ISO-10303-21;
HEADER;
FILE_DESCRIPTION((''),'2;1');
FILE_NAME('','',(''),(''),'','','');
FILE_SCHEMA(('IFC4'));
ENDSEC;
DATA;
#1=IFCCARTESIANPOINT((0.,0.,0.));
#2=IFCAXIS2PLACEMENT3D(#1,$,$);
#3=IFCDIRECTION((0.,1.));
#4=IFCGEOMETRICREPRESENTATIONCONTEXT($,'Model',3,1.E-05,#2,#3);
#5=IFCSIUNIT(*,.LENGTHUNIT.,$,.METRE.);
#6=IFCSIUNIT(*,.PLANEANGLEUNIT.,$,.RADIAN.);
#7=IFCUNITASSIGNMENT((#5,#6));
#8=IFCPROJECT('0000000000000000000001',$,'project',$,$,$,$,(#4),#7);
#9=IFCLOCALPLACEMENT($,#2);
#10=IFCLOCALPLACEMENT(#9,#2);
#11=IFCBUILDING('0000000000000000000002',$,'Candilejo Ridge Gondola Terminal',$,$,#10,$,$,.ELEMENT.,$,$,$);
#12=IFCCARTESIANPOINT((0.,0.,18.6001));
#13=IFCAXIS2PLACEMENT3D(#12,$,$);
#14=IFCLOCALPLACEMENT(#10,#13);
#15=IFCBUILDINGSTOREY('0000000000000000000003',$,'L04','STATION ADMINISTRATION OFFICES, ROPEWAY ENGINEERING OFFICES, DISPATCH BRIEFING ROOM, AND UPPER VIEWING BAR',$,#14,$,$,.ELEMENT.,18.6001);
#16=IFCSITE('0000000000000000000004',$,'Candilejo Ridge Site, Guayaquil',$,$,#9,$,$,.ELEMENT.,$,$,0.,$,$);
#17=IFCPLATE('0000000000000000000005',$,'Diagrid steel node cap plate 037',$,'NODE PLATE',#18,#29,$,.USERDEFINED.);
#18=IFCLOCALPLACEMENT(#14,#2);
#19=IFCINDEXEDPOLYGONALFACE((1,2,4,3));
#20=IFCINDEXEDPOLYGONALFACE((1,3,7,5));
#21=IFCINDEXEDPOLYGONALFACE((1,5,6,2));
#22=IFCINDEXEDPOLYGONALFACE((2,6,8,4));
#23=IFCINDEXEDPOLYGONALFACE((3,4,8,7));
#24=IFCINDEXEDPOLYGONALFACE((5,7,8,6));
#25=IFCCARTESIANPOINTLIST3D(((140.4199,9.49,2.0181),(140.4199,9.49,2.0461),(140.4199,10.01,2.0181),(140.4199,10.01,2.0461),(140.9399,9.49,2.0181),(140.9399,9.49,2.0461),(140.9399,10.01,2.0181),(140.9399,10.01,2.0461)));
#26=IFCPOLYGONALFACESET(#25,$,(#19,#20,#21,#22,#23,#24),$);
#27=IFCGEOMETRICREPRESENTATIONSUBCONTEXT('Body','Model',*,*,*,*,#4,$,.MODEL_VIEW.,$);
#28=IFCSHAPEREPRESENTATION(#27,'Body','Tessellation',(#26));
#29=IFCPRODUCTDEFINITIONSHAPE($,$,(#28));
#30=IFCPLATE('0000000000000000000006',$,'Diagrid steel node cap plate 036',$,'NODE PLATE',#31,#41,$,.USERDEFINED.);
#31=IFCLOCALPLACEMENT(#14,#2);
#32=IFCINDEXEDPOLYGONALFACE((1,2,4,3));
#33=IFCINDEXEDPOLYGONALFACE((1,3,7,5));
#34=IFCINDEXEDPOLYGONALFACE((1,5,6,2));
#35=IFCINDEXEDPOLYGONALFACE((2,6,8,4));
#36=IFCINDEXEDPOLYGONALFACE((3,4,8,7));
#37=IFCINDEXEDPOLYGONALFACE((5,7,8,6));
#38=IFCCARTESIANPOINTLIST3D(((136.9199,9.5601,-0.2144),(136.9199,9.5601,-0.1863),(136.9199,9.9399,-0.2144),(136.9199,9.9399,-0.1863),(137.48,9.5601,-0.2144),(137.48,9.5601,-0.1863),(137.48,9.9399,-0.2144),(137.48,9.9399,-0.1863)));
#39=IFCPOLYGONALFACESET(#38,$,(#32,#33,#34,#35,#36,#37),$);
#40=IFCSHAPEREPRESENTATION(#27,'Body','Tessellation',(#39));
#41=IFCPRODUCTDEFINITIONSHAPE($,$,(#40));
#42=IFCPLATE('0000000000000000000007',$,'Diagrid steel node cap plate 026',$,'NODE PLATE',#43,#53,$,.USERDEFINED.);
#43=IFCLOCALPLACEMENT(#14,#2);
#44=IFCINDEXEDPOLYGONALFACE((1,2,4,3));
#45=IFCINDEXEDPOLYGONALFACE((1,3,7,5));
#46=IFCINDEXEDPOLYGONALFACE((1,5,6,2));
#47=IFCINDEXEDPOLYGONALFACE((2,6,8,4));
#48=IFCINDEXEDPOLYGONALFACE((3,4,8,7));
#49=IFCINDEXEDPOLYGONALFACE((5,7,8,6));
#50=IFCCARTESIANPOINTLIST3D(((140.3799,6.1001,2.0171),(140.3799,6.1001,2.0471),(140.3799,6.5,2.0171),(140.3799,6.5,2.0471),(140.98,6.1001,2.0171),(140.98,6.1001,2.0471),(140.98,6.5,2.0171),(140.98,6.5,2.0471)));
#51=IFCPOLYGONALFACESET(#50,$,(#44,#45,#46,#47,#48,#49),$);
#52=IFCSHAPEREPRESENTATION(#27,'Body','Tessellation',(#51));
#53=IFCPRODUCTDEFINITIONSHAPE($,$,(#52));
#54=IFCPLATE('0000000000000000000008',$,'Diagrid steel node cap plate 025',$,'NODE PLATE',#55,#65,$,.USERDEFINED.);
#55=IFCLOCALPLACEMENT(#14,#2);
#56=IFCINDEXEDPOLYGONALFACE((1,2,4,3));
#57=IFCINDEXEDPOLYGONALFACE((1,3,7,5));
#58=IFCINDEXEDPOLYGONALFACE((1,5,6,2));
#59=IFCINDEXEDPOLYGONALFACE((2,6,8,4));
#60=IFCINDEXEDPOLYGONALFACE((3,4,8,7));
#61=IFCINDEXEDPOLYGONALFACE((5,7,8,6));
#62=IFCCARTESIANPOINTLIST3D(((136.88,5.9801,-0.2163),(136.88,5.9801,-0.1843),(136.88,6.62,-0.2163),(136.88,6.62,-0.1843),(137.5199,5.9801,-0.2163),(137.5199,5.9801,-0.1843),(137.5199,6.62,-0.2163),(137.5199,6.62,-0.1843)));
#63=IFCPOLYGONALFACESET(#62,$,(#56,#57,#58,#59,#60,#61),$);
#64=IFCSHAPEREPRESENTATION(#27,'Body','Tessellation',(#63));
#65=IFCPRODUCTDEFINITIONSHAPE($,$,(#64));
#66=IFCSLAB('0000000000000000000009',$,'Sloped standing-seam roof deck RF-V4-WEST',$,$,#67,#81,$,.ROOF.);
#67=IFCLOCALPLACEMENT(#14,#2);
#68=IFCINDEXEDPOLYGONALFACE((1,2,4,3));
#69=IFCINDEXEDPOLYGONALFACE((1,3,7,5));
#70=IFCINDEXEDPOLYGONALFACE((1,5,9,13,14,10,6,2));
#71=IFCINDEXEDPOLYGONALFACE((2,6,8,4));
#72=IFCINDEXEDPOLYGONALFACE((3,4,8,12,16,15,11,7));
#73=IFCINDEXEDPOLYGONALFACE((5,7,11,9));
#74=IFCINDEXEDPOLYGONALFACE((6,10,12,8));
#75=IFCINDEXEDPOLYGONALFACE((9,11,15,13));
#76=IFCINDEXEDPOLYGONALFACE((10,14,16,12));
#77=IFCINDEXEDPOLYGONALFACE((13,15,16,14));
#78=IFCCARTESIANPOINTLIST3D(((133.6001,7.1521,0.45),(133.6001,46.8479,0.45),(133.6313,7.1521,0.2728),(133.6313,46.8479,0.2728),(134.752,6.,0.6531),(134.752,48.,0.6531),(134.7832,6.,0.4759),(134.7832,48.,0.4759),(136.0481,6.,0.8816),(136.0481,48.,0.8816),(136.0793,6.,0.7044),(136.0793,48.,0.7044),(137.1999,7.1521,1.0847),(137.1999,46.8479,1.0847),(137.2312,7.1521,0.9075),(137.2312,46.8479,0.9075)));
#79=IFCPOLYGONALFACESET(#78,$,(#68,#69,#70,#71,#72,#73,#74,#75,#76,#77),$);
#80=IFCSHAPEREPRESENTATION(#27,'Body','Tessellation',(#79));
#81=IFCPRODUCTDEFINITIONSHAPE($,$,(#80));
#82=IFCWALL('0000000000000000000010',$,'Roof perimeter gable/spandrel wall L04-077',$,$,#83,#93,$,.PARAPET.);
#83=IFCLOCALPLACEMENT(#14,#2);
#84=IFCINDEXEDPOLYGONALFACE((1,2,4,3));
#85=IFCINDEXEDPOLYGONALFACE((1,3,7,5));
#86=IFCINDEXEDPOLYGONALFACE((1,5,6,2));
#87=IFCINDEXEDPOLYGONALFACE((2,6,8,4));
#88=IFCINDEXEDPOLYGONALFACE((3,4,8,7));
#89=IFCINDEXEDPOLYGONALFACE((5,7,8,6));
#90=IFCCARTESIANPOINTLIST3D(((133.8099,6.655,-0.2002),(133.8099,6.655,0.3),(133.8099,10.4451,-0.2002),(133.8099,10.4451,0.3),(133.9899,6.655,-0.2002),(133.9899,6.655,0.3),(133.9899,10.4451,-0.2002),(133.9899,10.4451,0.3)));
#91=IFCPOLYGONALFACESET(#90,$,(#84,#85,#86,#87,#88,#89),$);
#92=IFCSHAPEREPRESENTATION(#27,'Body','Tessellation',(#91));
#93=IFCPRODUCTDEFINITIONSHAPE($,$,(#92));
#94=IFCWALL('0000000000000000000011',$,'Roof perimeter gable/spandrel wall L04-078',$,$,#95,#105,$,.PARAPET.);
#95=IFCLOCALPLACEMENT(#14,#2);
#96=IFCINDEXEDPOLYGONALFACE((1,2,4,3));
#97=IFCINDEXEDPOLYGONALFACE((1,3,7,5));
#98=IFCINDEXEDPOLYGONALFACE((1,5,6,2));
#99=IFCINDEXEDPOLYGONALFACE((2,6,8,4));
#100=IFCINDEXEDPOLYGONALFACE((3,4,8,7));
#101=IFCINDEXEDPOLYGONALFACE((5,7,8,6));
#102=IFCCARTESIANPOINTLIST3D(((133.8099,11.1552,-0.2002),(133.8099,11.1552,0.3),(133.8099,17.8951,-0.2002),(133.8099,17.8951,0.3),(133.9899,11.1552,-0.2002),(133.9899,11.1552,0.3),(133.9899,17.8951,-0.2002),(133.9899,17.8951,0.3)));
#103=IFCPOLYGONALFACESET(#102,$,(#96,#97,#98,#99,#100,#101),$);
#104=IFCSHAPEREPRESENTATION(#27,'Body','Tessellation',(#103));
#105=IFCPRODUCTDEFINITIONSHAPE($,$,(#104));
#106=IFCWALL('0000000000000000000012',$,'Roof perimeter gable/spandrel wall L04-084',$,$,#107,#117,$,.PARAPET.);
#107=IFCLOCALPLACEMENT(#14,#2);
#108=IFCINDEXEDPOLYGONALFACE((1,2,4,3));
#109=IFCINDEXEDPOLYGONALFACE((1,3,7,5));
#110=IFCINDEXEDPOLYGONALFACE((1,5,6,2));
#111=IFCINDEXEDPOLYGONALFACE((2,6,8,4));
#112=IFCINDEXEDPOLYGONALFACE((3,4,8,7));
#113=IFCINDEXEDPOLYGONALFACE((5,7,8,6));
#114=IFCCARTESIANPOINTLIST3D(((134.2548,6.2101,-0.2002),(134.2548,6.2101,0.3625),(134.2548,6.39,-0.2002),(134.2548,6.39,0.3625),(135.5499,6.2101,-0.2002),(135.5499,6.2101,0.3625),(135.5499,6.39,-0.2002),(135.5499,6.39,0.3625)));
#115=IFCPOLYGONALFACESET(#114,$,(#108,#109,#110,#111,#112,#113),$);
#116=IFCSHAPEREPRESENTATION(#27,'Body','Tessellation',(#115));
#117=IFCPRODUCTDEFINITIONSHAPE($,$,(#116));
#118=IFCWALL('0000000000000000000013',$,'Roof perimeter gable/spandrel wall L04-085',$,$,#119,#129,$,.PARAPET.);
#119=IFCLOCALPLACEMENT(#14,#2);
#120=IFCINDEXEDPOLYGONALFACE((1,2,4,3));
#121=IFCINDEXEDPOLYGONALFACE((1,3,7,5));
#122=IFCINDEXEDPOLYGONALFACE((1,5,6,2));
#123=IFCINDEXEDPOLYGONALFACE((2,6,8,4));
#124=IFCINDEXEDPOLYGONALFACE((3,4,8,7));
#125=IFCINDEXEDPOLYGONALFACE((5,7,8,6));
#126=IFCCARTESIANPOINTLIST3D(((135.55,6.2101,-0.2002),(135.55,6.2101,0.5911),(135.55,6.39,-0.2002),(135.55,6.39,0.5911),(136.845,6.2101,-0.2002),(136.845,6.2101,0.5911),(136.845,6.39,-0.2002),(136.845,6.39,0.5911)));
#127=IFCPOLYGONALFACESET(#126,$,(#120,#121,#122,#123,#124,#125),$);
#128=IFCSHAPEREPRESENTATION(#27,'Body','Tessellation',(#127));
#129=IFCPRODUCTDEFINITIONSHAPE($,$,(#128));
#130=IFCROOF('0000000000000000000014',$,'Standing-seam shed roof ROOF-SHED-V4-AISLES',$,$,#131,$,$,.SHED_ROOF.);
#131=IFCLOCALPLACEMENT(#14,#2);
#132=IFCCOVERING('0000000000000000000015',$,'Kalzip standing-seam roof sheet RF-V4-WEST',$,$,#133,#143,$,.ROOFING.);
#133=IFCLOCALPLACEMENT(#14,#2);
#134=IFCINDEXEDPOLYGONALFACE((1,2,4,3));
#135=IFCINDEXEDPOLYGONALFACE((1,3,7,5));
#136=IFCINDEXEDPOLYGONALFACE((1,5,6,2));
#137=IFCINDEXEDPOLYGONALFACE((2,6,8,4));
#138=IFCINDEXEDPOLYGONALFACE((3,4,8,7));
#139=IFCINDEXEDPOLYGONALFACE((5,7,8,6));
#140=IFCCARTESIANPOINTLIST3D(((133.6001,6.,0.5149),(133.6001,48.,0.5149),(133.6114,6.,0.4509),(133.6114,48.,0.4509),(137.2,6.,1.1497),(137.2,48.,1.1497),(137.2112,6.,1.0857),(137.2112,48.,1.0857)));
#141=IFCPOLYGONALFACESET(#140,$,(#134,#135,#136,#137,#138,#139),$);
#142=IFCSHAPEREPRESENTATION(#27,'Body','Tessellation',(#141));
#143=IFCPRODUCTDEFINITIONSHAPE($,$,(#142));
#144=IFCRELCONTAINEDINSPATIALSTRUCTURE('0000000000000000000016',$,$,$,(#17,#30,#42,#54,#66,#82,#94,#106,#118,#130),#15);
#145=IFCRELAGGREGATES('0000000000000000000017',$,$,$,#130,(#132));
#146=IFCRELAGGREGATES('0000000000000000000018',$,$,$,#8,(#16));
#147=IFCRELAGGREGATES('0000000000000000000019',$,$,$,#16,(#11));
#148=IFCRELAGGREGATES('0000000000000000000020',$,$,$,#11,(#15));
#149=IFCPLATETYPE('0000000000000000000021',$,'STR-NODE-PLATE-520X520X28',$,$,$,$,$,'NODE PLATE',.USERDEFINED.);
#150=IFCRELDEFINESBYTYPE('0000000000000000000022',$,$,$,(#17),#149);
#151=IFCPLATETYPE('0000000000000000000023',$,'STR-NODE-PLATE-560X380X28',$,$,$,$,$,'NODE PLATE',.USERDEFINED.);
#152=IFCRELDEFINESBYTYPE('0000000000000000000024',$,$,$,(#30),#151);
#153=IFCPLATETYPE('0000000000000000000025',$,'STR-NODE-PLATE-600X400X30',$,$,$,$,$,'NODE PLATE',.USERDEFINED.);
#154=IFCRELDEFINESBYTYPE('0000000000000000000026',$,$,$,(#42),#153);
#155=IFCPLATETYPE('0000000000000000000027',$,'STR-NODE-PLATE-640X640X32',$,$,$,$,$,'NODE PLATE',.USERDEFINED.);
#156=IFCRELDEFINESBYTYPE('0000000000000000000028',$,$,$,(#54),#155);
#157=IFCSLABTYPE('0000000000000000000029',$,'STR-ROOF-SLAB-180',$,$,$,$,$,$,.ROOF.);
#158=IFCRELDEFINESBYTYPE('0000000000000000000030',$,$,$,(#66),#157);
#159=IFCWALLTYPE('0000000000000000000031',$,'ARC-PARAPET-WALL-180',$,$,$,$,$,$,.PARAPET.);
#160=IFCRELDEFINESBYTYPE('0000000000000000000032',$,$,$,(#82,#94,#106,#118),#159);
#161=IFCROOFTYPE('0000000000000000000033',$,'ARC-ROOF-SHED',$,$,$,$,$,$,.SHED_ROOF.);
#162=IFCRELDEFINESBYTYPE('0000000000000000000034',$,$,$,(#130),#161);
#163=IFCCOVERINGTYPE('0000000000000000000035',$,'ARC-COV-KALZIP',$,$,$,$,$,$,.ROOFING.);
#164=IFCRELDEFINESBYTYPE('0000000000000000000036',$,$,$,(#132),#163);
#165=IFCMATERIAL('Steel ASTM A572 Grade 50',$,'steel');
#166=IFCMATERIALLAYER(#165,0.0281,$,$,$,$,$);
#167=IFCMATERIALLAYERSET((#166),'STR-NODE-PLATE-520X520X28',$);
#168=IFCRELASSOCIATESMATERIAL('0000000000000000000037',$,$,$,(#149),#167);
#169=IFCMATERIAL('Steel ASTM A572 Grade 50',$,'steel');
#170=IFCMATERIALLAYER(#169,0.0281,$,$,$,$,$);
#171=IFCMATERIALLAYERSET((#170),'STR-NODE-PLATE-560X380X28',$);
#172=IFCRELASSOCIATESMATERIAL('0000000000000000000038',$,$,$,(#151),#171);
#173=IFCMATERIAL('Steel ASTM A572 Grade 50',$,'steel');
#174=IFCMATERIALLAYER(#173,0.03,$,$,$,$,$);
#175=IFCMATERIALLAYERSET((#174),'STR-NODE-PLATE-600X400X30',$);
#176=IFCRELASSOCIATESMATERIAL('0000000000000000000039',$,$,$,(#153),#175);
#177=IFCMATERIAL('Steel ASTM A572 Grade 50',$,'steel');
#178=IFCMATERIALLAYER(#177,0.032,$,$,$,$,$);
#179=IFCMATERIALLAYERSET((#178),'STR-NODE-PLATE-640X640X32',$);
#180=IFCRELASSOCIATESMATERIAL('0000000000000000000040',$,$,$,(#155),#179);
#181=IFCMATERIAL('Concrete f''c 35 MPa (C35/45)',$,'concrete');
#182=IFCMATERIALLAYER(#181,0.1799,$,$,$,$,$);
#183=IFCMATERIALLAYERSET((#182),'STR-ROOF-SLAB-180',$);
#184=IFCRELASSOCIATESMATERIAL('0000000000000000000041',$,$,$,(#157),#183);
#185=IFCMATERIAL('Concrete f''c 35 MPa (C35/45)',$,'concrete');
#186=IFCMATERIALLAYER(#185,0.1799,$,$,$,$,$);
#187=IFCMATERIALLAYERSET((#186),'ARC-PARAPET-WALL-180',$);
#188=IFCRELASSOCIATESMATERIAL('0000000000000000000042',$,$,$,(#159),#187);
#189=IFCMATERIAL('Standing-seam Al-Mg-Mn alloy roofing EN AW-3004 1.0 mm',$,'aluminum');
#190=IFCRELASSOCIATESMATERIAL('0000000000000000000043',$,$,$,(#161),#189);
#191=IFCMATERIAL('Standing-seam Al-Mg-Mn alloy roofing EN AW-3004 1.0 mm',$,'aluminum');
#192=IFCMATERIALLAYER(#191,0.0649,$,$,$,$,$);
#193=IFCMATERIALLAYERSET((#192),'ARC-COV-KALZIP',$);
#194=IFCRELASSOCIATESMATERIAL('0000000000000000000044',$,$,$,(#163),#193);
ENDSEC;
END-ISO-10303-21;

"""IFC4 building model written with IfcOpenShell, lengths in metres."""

from ifc_helpers import new_model, si_unit, direction, frame, frame_2d, origin, origin_2d, place, context, subcontext, project, spatial, polyline, rectangle, outline, extrude, material, layer, layer_set, type_object, element, aggregate, save


model = new_model("IFC4")

# Units and contexts
model_context = context("Model", 3, precision=1e-05, world=origin(), true_north=direction((0.0, 1.0)))
body_context = subcontext(model_context, "Body", "Model", "MODEL_VIEW")
ifc_project = project(units=[si_unit("LENGTHUNIT", "METRE"), si_unit("PLANEANGLEUNIT", "RADIAN")], contexts=[model_context])

# Site, building, storey
site_placement = place(None, origin())
site = spatial("IfcSite", under=ifc_project, at=site_placement, Name="Candilejo Ridge Site, Guayaquil", CompositionType="ELEMENT", RefElevation=0.0)
building_placement = place(site_placement, origin())
building = spatial("IfcBuilding", under=site, at=building_placement, Name="Candilejo Ridge Gondola Terminal", CompositionType="ELEMENT")
storey_placement = place(building_placement, frame((0.0, 0.0, 18.6001)))
storey = spatial("IfcBuildingStorey", under=building, at=storey_placement, Name="L04", Description="STATION ADMINISTRATION OFFICES, ROPEWAY ENGINEERING OFFICES, DISPATCH BRIEFING ROOM, AND UPPER VIEWING BAR", CompositionType="ELEMENT", Elevation=18.6001)

# Plates
ifc_material_1 = material(Name="Steel ASTM A572 Grade 50", Category="steel")
ifc_layer_1 = layer(ifc_material_1, 0.0281)
ifc_layer_set_1 = layer_set([ifc_layer_1], Name="STR-NODE-PLATE-520X520X28")
plate_type_1 = type_object("IfcPlateType", Name="STR-NODE-PLATE-520X520X28", ElementType="NODE PLATE", PredefinedType="USERDEFINED", material=ifc_layer_set_1)
plate_1_placement = place(storey_placement, frame((140.6799, 9.75, 2.0181), z_axis=(0.0, 0.0, 1.0), x_axis=(1.0, 0.0, 0.0)))
element("IfcPlate", 1, at=plate_1_placement, inside=storey, type_object=plate_type_1, Name="Diagrid steel node cap plate 037", ObjectType="NODE PLATE", PredefinedType="USERDEFINED", context=body_context, shape_type="SweptSolid", body=[
    extrude(rectangle(XDim=0.52, YDim=0.52, at=origin_2d()), origin(), (0.0, 0.0, 1.0), 0.0281),
])
ifc_material_2 = material(Name="Steel ASTM A572 Grade 50", Category="steel")
ifc_layer_2 = layer(ifc_material_2, 0.0281)
ifc_layer_set_2 = layer_set([ifc_layer_2], Name="STR-NODE-PLATE-560X380X28")
plate_type_2 = type_object("IfcPlateType", Name="STR-NODE-PLATE-560X380X28", ElementType="NODE PLATE", PredefinedType="USERDEFINED", material=ifc_layer_set_2)
plate_2_placement = place(storey_placement, frame((137.2, 9.75, -0.2144), z_axis=(0.0, 0.0, 1.0), x_axis=(1.0, 0.0, 0.0)))
element("IfcPlate", 2, at=plate_2_placement, inside=storey, type_object=plate_type_2, Name="Diagrid steel node cap plate 036", ObjectType="NODE PLATE", PredefinedType="USERDEFINED", context=body_context, shape_type="SweptSolid", body=[
    extrude(rectangle(XDim=0.5601, YDim=0.3799, at=origin_2d()), origin(), (0.0, 0.0, 1.0), 0.0281),
])
ifc_material_3 = material(Name="Steel ASTM A572 Grade 50", Category="steel")
ifc_layer_3 = layer(ifc_material_3, 0.03)
ifc_layer_set_3 = layer_set([ifc_layer_3], Name="STR-NODE-PLATE-600X400X30")
plate_type_3 = type_object("IfcPlateType", Name="STR-NODE-PLATE-600X400X30", ElementType="NODE PLATE", PredefinedType="USERDEFINED", material=ifc_layer_set_3)
plate_3_placement = place(storey_placement, frame((140.6799, 6.3, 2.0171), z_axis=(0.0, 0.0, 1.0), x_axis=(1.0, 0.0, 0.0)))
element("IfcPlate", 3, at=plate_3_placement, inside=storey, type_object=plate_type_3, Name="Diagrid steel node cap plate 026", ObjectType="NODE PLATE", PredefinedType="USERDEFINED", context=body_context, shape_type="SweptSolid", body=[
    extrude(rectangle(XDim=0.6001, YDim=0.3999, at=origin_2d()), origin(), (0.0, 0.0, 1.0), 0.03),
])
ifc_material_4 = material(Name="Steel ASTM A572 Grade 50", Category="steel")
ifc_layer_4 = layer(ifc_material_4, 0.032)
ifc_layer_set_4 = layer_set([ifc_layer_4], Name="STR-NODE-PLATE-640X640X32")
plate_type_4 = type_object("IfcPlateType", Name="STR-NODE-PLATE-640X640X32", ElementType="NODE PLATE", PredefinedType="USERDEFINED", material=ifc_layer_set_4)
plate_4_placement = place(storey_placement, frame((137.2, 6.3, -0.2163), z_axis=(0.0, 0.0, 1.0), x_axis=(1.0, 0.0, 0.0)))
element("IfcPlate", 4, at=plate_4_placement, inside=storey, type_object=plate_type_4, Name="Diagrid steel node cap plate 025", ObjectType="NODE PLATE", PredefinedType="USERDEFINED", context=body_context, shape_type="SweptSolid", body=[
    extrude(rectangle(XDim=0.6399, YDim=0.6399, at=origin_2d()), origin(), (0.0, 0.0, 1.0), 0.032),
])

# Slab
ifc_material_5 = material(Name="Concrete f'c 35 MPa (C35/45)", Category="concrete")
ifc_layer_5 = layer(ifc_material_5, 0.1799)
ifc_layer_set_5 = layer_set([ifc_layer_5], Name="STR-ROOF-SLAB-180")
slab_type = type_object("IfcSlabType", Name="STR-ROOF-SLAB-180", PredefinedType="ROOF", material=ifc_layer_set_5)
slab_placement = place(storey_placement, frame((134.752, 6.0, 0.6531), z_axis=(-0.173652, 0.0, 0.984807), x_axis=(0.984807, 0.0, 0.173652)))
element("IfcSlab", 5, at=slab_placement, inside=storey, type_object=slab_type, Name="Sloped standing-seam roof deck RF-V4-WEST", PredefinedType="ROOF", context=body_context, shape_type="SweptSolid", body=[
    extrude(outline(polyline([(0.0, 0.0), (1.3161, 0.0), (2.4858, 1.1521), (2.4858, 40.8479), (1.3161, 42.0), (0.0, 42.0), (-1.1696, 40.8479), (-1.1696, 1.1521), (0.0, 0.0)])), origin(), (0.0, 0.0, -1.0), 0.1799),
])

# Walls
ifc_material_6 = material(Name="Concrete f'c 35 MPa (C35/45)", Category="concrete")
ifc_layer_6 = layer(ifc_material_6, 0.1799)
ifc_layer_set_6 = layer_set([ifc_layer_6], Name="ARC-PARAPET-WALL-180")
wall_type = type_object("IfcWallType", Name="ARC-PARAPET-WALL-180", PredefinedType="PARAPET", material=ifc_layer_set_6)
wall_1_placement = place(storey_placement, frame((133.8999, 6.655, -0.2002), z_axis=(0.0, 0.0, 1.0), x_axis=(0.0, 1.0, 0.0)))
element("IfcWall", 6, at=wall_1_placement, inside=storey, type_object=wall_type, Name="Roof perimeter gable/spandrel wall L04-077", PredefinedType="PARAPET", context=body_context, shape_type="SweptSolid", body=[
    extrude(rectangle(XDim=3.79, YDim=0.1799, at=frame_2d((1.895, 0.0))), origin(), (0.0, 0.0, 1.0), 0.5002),
])
wall_2_placement = place(storey_placement, frame((133.8999, 11.155, -0.2002), z_axis=(0.0, 0.0, 1.0), x_axis=(0.0, 1.0, 0.0)))
element("IfcWall", 7, at=wall_2_placement, inside=storey, type_object=wall_type, Name="Roof perimeter gable/spandrel wall L04-078", PredefinedType="PARAPET", context=body_context, shape_type="SweptSolid", body=[
    extrude(rectangle(XDim=6.74, YDim=0.1799, at=frame_2d((3.3701, 0.0))), origin(), (0.0, 0.0, 1.0), 0.5002),
])
wall_3_placement = place(storey_placement, frame((134.2549, 6.3, -0.2002), z_axis=(0.0, 0.0, 1.0), x_axis=(1.0, 0.0, 0.0)))
element("IfcWall", 8, at=wall_3_placement, inside=storey, type_object=wall_type, Name="Roof perimeter gable/spandrel wall L04-084", PredefinedType="PARAPET", context=body_context, shape_type="SweptSolid", body=[
    extrude(rectangle(XDim=1.2952, YDim=0.1799, at=frame_2d((0.6475, 0.0))), origin(), (0.0, 0.0, 1.0), 0.5627),
])
wall_4_placement = place(storey_placement, frame((135.55, 6.3, -0.2002), z_axis=(0.0, 0.0, 1.0), x_axis=(1.0, 0.0, 0.0)))
element("IfcWall", 9, at=wall_4_placement, inside=storey, type_object=wall_type, Name="Roof perimeter gable/spandrel wall L04-085", PredefinedType="PARAPET", context=body_context, shape_type="SweptSolid", body=[
    extrude(rectangle(XDim=1.2949, YDim=0.1799, at=frame_2d((0.6475, 0.0))), origin(), (0.0, 0.0, 1.0), 0.7913),
])

# Roof, covering
ifc_material_7 = material(Name="Standing-seam Al-Mg-Mn alloy roofing EN AW-3004 1.0 mm", Category="aluminum")
roof_type = type_object("IfcRoofType", Name="ARC-ROOF-SHED", PredefinedType="SHED_ROOF", material=ifc_material_7)
roof_placement = place(storey_placement, origin())
roof = element("IfcRoof", 10, at=roof_placement, inside=storey, type_object=roof_type, Name="Standing-seam shed roof ROOF-SHED-V4-AISLES", PredefinedType="SHED_ROOF")
ifc_material_8 = material(Name="Standing-seam Al-Mg-Mn alloy roofing EN AW-3004 1.0 mm", Category="aluminum")
ifc_layer_7 = layer(ifc_material_8, 0.0649)
ifc_layer_set_7 = layer_set([ifc_layer_7], Name="ARC-COV-KALZIP")
covering_type = type_object("IfcCoveringType", Name="ARC-COV-KALZIP", PredefinedType="ROOFING", material=ifc_layer_set_7)
covering_placement = place(storey_placement, frame((133.6001, 6.0, 0.5149), z_axis=(-0.173652, 0.0, 0.984807), x_axis=(0.984807, 0.0, 0.173652)))
covering = element("IfcCovering", 11, at=covering_placement, type_object=covering_type, Name="Kalzip standing-seam roof sheet RF-V4-WEST", PredefinedType="ROOFING", context=body_context, shape_type="SweptSolid", body=[
    extrude(outline(polyline([(0.0, 0.0), (3.6554, 0.0), (3.6554, 42.0), (0.0, 42.0), (0.0, 0.0)])), origin(), (0.0, 0.0, -1.0), 0.0649),
])
aggregate(roof, [covering])

save(model, "model.ifc")
